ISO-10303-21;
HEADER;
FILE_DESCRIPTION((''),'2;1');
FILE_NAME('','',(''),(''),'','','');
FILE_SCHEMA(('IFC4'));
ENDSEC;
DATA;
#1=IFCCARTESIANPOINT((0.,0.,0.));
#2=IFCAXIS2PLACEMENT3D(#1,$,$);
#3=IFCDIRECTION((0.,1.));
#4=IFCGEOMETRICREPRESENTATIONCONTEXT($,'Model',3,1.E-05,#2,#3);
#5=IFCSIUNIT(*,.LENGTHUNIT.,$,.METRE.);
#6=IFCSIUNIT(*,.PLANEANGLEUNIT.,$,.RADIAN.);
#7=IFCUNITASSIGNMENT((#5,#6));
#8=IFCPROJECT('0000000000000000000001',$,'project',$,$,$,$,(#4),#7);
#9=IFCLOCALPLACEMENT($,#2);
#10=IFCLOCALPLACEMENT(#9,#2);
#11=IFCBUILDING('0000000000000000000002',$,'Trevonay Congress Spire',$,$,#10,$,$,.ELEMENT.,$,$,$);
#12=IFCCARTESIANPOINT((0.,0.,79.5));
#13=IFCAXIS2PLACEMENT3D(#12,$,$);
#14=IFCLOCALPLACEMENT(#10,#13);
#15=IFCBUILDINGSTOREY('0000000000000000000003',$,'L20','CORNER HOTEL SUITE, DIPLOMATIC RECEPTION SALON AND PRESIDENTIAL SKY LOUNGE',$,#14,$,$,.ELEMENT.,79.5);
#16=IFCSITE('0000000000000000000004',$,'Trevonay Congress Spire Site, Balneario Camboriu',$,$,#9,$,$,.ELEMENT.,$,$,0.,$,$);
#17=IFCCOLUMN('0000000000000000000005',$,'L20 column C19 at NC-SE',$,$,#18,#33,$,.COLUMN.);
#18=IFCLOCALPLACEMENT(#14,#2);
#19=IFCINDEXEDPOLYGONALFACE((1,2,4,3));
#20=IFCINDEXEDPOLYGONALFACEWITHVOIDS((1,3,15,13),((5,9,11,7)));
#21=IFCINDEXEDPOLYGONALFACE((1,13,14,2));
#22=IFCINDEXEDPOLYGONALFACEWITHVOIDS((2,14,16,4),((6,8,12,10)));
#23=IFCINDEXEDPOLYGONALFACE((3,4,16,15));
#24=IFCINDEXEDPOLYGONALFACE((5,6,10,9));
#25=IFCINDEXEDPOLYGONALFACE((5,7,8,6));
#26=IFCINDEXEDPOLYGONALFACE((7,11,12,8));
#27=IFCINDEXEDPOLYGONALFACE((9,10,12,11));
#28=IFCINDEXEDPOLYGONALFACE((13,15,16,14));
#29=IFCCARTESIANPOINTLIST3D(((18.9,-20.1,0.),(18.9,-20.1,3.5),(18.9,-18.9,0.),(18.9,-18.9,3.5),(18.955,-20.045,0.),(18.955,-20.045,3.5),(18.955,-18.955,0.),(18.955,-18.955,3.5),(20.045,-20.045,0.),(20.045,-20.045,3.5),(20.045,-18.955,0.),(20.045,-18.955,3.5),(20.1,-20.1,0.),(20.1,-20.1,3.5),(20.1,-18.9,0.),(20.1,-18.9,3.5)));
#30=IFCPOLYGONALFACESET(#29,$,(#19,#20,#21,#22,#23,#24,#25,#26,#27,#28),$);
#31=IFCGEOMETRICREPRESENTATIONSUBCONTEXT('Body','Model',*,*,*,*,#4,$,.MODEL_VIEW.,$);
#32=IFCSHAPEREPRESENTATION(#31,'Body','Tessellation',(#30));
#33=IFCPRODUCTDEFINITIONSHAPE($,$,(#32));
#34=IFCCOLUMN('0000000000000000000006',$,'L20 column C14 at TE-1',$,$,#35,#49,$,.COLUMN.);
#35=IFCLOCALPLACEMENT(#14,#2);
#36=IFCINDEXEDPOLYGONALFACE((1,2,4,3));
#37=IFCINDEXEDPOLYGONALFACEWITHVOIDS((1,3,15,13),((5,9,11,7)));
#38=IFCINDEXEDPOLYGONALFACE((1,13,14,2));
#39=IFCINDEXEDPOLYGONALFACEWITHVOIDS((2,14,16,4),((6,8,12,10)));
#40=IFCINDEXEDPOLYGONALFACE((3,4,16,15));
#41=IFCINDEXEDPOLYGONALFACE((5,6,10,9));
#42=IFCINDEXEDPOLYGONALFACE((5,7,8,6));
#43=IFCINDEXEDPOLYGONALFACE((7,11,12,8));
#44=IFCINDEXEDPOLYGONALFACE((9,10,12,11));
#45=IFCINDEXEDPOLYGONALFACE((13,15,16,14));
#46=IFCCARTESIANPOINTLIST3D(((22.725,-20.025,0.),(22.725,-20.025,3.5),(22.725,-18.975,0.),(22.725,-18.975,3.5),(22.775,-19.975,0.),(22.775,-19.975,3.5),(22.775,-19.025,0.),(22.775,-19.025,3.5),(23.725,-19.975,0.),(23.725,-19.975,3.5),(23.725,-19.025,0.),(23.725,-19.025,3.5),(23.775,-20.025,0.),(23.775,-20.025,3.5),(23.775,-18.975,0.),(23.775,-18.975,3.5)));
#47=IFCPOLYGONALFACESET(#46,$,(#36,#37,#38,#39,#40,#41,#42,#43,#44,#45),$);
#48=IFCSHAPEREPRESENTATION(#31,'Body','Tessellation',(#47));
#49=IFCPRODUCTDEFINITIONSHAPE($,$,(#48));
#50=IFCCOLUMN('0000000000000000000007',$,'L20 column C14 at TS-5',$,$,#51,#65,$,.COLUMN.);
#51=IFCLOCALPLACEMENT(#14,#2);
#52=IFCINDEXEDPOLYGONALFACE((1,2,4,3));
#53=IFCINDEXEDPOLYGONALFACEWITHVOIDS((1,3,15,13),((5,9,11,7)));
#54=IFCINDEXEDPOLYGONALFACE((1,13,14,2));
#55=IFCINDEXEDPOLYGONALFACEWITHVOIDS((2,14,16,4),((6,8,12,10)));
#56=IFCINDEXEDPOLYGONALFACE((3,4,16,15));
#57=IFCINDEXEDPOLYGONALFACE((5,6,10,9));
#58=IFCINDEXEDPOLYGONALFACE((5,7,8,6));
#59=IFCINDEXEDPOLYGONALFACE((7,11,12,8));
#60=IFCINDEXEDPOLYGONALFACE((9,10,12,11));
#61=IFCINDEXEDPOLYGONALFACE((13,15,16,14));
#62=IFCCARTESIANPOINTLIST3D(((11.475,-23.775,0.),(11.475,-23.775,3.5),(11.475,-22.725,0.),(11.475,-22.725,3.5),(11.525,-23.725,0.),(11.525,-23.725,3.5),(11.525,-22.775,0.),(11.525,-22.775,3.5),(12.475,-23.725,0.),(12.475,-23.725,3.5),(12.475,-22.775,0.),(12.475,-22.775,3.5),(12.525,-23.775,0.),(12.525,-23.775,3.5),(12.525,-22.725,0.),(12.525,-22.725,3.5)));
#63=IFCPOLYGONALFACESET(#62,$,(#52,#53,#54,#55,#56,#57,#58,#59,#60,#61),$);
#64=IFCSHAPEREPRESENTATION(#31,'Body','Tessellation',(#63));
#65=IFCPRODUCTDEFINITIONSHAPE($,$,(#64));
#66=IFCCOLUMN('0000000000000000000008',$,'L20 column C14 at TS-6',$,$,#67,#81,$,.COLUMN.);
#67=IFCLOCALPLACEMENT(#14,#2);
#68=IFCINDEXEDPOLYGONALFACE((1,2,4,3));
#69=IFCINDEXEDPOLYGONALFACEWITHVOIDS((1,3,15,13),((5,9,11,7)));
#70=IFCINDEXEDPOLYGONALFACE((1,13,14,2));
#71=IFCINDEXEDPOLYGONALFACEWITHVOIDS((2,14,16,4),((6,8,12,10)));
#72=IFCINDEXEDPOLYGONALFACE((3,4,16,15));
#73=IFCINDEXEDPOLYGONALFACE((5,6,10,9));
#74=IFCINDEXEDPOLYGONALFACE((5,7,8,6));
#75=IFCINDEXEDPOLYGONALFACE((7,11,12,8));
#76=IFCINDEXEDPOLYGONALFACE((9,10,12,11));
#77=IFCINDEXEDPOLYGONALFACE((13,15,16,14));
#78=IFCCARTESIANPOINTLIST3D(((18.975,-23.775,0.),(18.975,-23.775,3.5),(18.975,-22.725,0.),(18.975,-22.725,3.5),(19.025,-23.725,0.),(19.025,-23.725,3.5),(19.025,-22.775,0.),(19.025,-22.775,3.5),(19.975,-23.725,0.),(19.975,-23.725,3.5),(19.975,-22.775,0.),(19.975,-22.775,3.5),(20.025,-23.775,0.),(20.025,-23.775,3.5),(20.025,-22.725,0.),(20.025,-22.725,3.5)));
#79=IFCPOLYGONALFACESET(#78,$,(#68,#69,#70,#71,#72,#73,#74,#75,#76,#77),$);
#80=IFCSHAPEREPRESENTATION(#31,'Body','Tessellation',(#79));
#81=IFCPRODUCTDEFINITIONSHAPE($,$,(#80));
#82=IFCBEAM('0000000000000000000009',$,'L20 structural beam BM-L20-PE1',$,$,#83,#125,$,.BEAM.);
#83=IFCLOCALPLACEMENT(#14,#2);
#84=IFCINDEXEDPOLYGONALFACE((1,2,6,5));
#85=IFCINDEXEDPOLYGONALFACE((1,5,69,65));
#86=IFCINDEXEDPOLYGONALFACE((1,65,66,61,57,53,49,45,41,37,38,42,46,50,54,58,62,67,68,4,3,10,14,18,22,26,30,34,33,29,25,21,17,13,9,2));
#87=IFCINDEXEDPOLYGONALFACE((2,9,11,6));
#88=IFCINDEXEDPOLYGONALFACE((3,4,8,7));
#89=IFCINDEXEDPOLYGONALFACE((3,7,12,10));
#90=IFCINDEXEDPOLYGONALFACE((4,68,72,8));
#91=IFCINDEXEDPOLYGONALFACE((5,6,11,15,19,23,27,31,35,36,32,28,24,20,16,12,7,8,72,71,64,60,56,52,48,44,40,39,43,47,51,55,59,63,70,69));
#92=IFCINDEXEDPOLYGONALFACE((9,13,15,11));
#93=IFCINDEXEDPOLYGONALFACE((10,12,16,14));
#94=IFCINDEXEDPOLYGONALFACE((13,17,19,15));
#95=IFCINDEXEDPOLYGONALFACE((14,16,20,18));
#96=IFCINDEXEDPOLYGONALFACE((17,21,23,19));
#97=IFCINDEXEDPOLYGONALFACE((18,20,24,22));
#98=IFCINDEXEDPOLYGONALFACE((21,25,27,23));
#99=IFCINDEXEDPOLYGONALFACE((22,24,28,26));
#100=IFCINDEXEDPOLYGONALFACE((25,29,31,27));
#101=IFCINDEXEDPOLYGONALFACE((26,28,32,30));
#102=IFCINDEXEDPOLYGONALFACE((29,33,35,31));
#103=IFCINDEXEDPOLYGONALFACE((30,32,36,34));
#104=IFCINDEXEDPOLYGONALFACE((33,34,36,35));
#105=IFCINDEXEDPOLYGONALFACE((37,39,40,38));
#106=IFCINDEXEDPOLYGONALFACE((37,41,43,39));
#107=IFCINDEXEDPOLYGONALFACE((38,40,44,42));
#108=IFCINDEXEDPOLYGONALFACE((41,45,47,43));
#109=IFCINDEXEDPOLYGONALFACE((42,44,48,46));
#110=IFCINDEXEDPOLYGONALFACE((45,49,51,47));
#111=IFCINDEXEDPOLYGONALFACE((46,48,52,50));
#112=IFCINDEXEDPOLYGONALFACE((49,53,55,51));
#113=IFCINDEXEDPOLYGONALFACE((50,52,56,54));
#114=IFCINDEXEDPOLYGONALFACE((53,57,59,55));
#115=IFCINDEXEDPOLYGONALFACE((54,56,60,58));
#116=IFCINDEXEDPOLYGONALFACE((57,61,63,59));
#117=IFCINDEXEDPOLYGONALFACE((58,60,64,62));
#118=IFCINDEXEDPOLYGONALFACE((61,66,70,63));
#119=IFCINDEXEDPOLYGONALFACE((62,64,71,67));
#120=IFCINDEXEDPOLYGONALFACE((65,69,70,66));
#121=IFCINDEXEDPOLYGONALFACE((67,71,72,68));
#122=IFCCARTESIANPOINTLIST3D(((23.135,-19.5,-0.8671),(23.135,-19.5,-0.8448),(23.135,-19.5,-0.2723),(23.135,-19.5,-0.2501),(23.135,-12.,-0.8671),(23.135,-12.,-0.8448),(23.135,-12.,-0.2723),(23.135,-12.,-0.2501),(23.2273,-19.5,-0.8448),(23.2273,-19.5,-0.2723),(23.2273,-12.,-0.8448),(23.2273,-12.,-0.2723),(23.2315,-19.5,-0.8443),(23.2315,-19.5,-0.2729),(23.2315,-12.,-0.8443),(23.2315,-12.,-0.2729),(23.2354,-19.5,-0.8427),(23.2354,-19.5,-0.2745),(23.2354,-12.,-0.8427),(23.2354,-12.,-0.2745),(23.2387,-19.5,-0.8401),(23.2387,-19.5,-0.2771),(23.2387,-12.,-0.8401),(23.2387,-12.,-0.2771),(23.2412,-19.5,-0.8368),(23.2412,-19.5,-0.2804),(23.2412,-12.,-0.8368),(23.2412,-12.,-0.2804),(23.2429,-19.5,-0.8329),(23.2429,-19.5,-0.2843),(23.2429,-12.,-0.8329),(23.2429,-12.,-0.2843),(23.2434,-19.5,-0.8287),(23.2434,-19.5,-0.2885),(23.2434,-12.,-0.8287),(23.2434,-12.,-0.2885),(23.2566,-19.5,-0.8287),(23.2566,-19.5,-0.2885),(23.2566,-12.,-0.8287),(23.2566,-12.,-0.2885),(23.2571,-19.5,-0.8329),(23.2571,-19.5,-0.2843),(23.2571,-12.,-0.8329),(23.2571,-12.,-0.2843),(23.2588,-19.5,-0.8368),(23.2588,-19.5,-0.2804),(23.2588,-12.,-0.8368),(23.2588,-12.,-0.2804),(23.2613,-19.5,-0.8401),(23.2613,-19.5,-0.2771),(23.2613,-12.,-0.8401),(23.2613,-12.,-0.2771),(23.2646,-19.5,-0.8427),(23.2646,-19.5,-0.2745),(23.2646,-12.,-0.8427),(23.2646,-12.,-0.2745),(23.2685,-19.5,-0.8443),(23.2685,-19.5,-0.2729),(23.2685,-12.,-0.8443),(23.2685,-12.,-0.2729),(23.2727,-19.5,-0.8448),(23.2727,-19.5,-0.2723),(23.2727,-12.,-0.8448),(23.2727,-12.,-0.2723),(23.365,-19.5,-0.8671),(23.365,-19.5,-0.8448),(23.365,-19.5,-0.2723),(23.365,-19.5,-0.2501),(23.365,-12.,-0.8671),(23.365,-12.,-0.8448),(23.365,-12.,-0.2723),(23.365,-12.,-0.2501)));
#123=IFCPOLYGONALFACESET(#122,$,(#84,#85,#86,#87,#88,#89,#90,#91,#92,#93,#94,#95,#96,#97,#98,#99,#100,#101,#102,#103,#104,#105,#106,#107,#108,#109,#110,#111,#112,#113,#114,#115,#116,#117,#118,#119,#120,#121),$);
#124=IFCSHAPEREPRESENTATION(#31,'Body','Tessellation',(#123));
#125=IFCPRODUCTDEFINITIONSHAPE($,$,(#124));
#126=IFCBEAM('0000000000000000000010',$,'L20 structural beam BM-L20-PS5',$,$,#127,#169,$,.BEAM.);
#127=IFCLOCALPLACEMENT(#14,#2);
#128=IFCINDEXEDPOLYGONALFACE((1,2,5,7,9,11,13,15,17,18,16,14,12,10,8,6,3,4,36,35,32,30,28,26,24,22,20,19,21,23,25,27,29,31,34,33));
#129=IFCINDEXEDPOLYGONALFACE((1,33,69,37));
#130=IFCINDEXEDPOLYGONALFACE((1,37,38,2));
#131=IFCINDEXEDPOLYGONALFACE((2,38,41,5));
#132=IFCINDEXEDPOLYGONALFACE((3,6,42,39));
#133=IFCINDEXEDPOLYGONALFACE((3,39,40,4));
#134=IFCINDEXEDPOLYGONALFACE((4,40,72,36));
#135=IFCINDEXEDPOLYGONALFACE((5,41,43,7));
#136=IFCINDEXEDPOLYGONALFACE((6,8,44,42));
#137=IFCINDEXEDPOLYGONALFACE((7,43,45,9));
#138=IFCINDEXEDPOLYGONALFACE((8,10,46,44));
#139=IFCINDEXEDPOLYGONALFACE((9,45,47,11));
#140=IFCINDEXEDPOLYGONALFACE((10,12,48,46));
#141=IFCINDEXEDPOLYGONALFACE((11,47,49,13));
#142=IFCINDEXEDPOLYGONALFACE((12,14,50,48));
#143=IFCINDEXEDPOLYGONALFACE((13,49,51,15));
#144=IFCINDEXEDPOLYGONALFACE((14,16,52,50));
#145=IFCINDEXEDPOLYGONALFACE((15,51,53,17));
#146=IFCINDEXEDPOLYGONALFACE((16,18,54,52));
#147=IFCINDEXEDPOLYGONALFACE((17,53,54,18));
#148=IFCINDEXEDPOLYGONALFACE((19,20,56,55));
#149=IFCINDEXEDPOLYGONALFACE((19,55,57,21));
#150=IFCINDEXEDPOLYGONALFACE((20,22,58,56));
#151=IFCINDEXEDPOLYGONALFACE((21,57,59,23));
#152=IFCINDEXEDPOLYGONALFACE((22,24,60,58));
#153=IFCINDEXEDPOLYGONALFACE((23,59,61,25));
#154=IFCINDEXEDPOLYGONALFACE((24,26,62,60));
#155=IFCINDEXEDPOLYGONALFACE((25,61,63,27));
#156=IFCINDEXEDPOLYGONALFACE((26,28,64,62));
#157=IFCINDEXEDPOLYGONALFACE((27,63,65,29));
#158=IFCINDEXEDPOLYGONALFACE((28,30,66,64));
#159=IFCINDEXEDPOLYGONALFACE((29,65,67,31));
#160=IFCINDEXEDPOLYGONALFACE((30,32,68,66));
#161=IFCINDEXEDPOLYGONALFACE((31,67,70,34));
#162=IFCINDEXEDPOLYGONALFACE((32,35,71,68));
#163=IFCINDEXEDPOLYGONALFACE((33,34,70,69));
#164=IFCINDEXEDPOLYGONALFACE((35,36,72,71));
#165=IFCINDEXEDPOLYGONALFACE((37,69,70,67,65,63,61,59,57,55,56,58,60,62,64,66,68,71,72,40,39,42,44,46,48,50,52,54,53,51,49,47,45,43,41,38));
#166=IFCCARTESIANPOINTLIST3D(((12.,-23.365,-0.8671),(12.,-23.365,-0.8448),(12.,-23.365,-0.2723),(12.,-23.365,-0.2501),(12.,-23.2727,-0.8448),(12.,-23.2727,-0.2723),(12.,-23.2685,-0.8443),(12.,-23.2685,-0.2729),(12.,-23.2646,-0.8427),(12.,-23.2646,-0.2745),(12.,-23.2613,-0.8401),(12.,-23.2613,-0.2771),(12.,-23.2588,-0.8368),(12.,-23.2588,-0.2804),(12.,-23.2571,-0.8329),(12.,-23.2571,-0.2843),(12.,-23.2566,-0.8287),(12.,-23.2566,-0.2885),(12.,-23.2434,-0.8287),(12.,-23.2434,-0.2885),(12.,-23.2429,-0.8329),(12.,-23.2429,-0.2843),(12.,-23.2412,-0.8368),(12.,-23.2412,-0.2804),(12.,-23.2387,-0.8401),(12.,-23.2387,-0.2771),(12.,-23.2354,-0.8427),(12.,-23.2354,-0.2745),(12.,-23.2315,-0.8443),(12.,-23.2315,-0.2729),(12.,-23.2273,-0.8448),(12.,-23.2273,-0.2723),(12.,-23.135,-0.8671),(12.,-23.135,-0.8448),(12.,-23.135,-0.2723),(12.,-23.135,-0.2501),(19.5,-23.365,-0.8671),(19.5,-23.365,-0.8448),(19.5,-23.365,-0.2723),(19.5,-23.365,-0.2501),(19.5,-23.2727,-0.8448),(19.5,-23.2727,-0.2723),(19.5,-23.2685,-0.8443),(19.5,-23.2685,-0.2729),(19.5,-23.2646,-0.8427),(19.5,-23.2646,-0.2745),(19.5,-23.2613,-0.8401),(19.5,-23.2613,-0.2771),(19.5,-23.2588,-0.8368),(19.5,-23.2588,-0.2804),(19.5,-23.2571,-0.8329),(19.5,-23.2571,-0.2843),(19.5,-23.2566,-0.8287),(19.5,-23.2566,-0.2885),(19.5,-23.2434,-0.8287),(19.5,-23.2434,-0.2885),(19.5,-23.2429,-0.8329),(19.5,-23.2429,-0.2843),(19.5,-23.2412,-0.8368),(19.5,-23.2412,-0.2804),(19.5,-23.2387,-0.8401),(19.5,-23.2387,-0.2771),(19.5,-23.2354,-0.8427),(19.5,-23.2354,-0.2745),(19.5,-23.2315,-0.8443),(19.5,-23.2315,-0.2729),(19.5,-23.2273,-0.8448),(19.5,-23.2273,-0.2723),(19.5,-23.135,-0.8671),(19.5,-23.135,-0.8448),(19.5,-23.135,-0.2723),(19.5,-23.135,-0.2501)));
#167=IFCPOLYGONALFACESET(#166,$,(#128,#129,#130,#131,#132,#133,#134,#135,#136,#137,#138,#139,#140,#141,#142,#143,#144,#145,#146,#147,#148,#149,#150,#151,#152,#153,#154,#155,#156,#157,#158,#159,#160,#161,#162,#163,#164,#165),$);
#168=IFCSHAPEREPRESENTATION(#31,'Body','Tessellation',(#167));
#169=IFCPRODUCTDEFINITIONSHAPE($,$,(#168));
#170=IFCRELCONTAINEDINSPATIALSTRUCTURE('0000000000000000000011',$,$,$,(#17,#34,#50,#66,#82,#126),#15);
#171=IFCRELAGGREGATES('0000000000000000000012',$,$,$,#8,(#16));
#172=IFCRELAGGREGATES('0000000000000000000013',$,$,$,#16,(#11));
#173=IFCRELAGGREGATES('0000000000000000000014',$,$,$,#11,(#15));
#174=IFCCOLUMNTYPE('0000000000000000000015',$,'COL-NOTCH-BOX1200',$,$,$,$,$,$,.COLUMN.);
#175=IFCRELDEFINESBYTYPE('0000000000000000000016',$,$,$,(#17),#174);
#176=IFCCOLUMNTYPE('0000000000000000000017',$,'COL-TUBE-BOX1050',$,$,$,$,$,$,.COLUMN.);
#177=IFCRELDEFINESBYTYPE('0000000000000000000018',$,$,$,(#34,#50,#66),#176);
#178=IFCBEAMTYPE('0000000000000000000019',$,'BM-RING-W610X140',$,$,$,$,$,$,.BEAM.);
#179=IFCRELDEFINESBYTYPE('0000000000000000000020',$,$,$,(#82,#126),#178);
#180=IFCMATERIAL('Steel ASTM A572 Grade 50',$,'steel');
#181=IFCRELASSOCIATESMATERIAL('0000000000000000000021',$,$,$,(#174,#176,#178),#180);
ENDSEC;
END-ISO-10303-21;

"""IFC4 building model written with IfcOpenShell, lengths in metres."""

from ifc_helpers import new_model, si_unit, direction, frame, origin, origin_2d, place, context, subcontext, project, spatial, hollow_rectangle, i_section, extrude, material, material_profile, profile_set, type_object, element, save


model = new_model("IFC4")

# Units and contexts
model_context = context("Model", 3, precision=1e-05, world=origin(), true_north=direction((0.0, 1.0)))
body_context = subcontext(model_context, "Body", "Model", "MODEL_VIEW")
ifc_project = project(units=[si_unit("LENGTHUNIT", "METRE"), si_unit("PLANEANGLEUNIT", "RADIAN")], contexts=[model_context])

# Site, building, storey
site_placement = place(None, origin())
site = spatial("IfcSite", under=ifc_project, at=site_placement, Name="Trevonay Congress Spire Site, Balneario Camboriu", CompositionType="ELEMENT", RefElevation=0.0)
building_placement = place(site_placement, origin())
building = spatial("IfcBuilding", under=site, at=building_placement, Name="Trevonay Congress Spire", CompositionType="ELEMENT")
storey_placement = place(building_placement, frame((0.0, 0.0, 79.5)))
storey = spatial("IfcBuildingStorey", under=building, at=storey_placement, Name="L20", Description="CORNER HOTEL SUITE, DIPLOMATIC RECEPTION SALON AND PRESIDENTIAL SKY LOUNGE", CompositionType="ELEMENT", Elevation=79.5)

# Columns
ifc_material_1 = material(Name="Steel ASTM A572 Grade 50", Category="steel")
ifc_material_profile_1 = material_profile(ifc_material_1, hollow_rectangle(XDim=1.2, YDim=1.2, WallThickness=0.0549, at=origin_2d()), Name="BOX 1200x1200x55")
ifc_profile_set_1 = profile_set([ifc_material_profile_1], Name="Steel ASTM A572 Grade 50")
column_type_1 = type_object("IfcColumnType", Name="COL-NOTCH-BOX1200", PredefinedType="COLUMN", material=ifc_profile_set_1)
column_placement = place(storey_placement, frame((19.5, -19.5, 0.0), z_axis=(0.0, 0.0, 1.0), x_axis=(1.0, 0.0, 0.0)))
element("IfcColumn", 1, at=column_placement, inside=storey, type_object=column_type_1, Name="L20 column C19 at NC-SE", PredefinedType="COLUMN", context=body_context, shape_type="SweptSolid", body=[
    extrude(hollow_rectangle(XDim=1.2, YDim=1.2, WallThickness=0.0549, at=origin_2d()), origin(), (0.0, 0.0, 1.0), 3.5),
])
ifc_material_profile_2 = material_profile(ifc_material_1, hollow_rectangle(XDim=1.05, YDim=1.05, WallThickness=0.05, at=origin_2d()), Name="BOX 1050x1050x50")
ifc_profile_set_2 = profile_set([ifc_material_profile_2], Name="Steel ASTM A572 Grade 50")
column_type_2 = type_object("IfcColumnType", Name="COL-TUBE-BOX1050", PredefinedType="COLUMN", material=ifc_profile_set_2)
for number, where, z_axis, x_axis, name in (
    (2, (23.25, -19.5, 0.0), (0.0, 0.0, 1.0), (1.0, 0.0, 0.0), "L20 column C14 at TE-1"),
    (3, (12.0, -23.25, 0.0), (0.0, 0.0, 1.0), (1.0, 0.0, 0.0), "L20 column C14 at TS-5"),
    (4, (19.5, -23.25, 0.0), (0.0, 0.0, 1.0), (1.0, 0.0, 0.0), "L20 column C14 at TS-6"),
):
    element("IfcColumn", number, at=place(storey_placement, frame(where, z_axis=z_axis, x_axis=x_axis)), inside=storey, type_object=column_type_2, Name=name, PredefinedType="COLUMN", context=body_context, shape_type="SweptSolid", body=[
        extrude(hollow_rectangle(XDim=1.05, YDim=1.05, WallThickness=0.05, at=origin_2d()), origin(), (0.0, 0.0, 1.0), 3.5),
    ])

# Beams
ifc_material_profile_3 = material_profile(ifc_material_1, i_section(OverallWidth=0.23, OverallDepth=0.6169, WebThickness=0.0132, FlangeThickness=0.0222, FilletRadius=0.0161, at=origin_2d()), Name="W610x140")
ifc_profile_set_3 = profile_set([ifc_material_profile_3], Name="Steel ASTM A572 Grade 50")
beam_type_1 = type_object("IfcBeamType", Name="BM-RING-W610X140", PredefinedType="BEAM", material=ifc_profile_set_3)
for number, where, z_axis, x_axis, name in (
    (5, (23.25, -19.5, -0.5586), (0.0, 1.0, 0.0), (-1.0, 0.0, 0.0), "L20 structural beam BM-L20-PE1"),
    (6, (12.0, -23.25, -0.5586), (1.0, 0.0, 0.0), (0.0, 1.0, 0.0), "L20 structural beam BM-L20-PS5"),
):
    element("IfcBeam", number, at=place(storey_placement, frame(where, z_axis=z_axis, x_axis=x_axis)), inside=storey, type_object=beam_type_1, Name=name, PredefinedType="BEAM", context=body_context, shape_type="SweptSolid", body=[
        extrude(i_section(OverallWidth=0.23, OverallDepth=0.6169, WebThickness=0.0132, FlangeThickness=0.0222, FilletRadius=0.0161, at=origin_2d()), origin(), (0.0, 0.0, 1.0), 7.5),
    ])

save(model, "model.ifc")
